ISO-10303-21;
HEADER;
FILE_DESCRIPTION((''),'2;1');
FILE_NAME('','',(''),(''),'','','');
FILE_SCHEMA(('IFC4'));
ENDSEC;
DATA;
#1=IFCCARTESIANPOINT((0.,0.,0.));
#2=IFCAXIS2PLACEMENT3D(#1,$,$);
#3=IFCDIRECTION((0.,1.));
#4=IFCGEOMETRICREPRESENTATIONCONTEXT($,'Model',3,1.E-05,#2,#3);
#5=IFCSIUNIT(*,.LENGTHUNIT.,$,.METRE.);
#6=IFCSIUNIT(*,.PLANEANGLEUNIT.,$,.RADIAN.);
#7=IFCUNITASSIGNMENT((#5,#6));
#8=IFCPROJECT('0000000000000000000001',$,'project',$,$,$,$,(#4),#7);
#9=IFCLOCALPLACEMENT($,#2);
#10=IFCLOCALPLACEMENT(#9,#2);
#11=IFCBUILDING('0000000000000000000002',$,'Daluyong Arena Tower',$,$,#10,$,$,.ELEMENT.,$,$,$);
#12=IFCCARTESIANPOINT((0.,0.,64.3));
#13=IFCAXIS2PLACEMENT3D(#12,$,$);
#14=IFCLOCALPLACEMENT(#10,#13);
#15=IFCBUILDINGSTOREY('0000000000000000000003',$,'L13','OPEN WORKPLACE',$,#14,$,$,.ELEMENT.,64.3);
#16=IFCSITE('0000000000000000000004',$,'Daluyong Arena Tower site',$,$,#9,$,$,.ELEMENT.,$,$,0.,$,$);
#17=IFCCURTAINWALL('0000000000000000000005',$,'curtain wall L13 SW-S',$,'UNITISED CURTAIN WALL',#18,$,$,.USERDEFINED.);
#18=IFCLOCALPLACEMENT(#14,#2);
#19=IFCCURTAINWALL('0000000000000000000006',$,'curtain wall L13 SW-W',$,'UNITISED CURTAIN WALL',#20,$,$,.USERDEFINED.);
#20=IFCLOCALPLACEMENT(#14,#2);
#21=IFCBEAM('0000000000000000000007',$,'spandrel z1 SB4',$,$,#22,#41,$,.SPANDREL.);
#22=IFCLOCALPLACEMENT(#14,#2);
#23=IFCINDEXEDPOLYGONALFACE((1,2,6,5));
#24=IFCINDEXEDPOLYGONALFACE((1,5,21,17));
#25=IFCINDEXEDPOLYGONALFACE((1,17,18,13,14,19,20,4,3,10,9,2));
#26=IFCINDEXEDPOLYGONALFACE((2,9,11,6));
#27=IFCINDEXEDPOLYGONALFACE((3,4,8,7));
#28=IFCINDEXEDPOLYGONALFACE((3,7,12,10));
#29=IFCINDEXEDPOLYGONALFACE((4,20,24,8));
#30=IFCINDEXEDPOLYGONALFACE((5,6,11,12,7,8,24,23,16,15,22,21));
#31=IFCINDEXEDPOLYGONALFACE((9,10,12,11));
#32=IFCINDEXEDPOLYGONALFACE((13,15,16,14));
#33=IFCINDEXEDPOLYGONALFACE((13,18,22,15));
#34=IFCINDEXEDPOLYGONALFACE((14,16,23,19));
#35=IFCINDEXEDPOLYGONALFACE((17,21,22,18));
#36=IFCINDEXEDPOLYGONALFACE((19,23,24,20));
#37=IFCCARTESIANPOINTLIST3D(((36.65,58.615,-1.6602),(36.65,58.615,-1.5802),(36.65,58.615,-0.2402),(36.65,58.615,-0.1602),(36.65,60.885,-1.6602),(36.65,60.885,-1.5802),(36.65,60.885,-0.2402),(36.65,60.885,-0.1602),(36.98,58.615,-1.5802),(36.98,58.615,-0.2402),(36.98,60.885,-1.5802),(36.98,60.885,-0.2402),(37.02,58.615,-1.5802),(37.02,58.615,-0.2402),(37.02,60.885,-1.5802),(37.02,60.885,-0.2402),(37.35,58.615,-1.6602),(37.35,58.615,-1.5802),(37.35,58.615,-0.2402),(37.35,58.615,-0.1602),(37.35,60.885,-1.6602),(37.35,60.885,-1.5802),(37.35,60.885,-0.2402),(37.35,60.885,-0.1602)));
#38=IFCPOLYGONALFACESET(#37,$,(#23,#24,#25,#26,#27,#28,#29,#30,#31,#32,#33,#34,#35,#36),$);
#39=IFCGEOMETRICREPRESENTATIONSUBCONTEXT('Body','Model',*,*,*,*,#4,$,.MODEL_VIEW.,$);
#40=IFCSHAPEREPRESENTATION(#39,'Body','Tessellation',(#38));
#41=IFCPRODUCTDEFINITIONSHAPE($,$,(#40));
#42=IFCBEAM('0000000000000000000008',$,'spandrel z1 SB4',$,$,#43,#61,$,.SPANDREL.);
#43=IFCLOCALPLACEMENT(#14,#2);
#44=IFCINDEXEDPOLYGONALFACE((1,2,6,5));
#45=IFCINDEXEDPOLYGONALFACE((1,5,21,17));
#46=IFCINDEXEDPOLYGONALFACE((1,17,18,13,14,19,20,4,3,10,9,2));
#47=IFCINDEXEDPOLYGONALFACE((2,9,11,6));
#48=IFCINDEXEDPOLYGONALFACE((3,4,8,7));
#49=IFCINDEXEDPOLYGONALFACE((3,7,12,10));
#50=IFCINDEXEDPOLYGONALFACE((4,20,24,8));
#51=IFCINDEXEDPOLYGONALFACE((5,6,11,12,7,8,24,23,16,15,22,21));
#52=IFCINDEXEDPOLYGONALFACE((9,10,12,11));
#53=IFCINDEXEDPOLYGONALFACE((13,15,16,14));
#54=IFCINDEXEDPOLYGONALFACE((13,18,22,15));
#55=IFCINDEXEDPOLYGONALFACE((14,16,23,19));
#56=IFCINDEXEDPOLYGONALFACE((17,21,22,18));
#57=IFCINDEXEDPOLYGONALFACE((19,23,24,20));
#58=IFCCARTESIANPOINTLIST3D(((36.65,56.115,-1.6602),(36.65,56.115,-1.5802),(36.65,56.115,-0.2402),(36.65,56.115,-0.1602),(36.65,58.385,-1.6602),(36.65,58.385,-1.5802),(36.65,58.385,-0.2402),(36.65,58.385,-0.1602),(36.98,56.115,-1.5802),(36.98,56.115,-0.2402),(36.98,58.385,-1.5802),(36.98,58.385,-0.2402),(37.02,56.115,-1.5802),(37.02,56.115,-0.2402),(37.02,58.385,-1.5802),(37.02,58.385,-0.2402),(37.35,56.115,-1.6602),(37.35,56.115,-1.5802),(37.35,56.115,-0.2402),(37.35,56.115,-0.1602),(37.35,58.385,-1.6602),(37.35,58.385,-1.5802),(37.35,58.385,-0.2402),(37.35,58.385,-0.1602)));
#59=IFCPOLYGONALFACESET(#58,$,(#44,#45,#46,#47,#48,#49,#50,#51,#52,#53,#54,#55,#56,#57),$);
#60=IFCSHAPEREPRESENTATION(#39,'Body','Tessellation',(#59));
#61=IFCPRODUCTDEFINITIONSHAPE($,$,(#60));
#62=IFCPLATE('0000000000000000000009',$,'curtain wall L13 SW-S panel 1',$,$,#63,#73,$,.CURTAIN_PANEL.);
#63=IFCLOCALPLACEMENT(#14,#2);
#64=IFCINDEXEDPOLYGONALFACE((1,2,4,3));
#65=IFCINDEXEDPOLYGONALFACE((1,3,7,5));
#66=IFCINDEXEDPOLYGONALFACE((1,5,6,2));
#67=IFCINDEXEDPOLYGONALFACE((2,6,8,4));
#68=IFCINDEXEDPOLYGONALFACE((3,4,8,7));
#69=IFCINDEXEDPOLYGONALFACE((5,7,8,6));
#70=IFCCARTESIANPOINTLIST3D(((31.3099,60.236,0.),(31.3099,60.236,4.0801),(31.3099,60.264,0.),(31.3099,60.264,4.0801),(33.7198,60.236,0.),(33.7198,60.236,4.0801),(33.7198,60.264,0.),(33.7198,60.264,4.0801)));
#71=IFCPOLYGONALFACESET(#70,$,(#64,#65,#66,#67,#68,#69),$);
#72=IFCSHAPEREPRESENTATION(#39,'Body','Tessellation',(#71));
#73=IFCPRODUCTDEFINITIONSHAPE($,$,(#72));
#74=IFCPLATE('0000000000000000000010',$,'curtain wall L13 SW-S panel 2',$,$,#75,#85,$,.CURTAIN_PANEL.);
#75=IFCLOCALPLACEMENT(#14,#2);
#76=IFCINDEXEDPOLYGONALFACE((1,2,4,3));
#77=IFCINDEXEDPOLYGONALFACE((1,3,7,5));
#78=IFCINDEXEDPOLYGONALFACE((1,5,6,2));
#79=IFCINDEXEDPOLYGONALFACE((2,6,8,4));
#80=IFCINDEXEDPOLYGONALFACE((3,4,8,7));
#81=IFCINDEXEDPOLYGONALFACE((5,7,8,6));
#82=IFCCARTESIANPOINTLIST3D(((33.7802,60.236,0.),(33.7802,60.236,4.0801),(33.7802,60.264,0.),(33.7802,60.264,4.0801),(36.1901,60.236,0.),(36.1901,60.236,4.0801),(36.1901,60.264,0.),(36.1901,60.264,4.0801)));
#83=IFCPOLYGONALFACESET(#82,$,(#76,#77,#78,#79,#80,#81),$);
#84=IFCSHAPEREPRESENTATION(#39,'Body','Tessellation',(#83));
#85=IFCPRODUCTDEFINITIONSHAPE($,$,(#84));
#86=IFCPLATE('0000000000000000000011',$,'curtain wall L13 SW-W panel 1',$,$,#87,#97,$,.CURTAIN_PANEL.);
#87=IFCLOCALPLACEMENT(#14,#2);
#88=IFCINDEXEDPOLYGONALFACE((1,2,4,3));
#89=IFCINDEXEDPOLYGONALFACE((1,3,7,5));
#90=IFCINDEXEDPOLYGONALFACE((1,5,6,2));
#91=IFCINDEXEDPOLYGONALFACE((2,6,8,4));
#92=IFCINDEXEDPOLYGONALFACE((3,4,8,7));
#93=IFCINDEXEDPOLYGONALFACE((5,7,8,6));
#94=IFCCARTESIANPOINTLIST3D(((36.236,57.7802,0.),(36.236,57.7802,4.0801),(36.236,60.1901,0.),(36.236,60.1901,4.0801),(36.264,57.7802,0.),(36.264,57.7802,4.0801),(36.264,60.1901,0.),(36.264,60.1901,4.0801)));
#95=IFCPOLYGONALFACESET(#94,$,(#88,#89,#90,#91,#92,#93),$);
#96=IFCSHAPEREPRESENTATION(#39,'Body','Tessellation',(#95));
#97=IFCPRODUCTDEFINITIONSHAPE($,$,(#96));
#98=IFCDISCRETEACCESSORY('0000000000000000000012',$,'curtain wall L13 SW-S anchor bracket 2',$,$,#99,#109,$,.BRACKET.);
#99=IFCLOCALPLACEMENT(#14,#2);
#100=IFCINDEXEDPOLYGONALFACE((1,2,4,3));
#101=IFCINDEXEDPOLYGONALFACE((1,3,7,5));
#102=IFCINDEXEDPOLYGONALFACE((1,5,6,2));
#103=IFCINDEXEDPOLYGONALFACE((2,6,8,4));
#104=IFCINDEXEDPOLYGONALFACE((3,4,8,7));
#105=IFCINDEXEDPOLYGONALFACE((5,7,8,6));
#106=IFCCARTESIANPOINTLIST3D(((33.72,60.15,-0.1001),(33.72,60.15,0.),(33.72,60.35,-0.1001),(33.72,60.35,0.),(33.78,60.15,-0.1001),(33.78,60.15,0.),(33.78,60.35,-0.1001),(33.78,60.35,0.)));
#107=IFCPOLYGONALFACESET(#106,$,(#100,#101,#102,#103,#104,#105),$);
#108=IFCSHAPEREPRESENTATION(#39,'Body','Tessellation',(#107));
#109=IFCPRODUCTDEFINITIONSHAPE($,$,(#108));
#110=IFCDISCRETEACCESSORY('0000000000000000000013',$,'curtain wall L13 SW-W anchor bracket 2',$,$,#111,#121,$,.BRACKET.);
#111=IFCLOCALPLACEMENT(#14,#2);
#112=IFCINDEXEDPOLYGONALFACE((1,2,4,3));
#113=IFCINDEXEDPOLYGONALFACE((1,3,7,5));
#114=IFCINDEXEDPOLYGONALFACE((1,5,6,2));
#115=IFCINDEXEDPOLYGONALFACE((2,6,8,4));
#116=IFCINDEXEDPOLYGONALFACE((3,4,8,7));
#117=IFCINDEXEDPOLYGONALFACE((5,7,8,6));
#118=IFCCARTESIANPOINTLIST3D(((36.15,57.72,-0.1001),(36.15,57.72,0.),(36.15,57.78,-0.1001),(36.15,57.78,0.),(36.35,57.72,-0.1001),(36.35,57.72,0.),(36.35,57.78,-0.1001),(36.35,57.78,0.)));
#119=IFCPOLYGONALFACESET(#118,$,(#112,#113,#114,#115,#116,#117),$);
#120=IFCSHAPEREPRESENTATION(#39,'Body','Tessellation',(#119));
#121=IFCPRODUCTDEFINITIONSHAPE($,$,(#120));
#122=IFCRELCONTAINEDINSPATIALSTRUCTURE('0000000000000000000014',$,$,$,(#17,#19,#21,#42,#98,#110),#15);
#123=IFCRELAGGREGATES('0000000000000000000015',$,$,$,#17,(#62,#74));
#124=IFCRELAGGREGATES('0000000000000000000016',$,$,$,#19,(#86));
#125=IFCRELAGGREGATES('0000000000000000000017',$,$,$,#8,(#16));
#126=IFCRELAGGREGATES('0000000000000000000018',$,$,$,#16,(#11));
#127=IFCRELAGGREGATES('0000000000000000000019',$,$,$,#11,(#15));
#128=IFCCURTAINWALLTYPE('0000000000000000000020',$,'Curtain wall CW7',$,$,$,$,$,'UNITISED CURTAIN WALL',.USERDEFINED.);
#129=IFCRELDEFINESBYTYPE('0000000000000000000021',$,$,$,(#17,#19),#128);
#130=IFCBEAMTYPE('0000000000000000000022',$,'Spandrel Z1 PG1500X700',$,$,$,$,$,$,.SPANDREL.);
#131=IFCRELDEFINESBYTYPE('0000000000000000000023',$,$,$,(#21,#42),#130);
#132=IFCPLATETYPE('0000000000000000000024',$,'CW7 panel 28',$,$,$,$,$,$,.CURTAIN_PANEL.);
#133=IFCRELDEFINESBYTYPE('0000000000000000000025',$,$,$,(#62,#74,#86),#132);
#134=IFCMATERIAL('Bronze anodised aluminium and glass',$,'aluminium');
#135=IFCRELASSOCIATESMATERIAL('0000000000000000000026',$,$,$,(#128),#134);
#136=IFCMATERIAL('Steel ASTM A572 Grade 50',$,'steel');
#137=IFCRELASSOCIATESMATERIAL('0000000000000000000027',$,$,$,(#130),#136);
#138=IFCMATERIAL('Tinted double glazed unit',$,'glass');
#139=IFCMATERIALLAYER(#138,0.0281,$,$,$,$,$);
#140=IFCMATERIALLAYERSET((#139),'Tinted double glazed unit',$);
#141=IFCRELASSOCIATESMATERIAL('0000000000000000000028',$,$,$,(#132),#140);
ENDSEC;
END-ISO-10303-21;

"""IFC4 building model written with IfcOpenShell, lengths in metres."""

from ifc_helpers import new_model, si_unit, direction, frame, origin, origin_2d, place, context, subcontext, project, spatial, rectangle, i_section, extrude, material, layer, layer_set, material_profile, profile_set, type_object, element, aggregate, save


model = new_model("IFC4")

# Units and contexts
model_context = context("Model", 3, precision=1e-05, world=origin(), true_north=direction((0.0, 1.0)))
body_context = subcontext(model_context, "Body", "Model", "MODEL_VIEW")
ifc_project = project(units=[si_unit("LENGTHUNIT", "METRE"), si_unit("PLANEANGLEUNIT", "RADIAN")], contexts=[model_context])

# Site, building, storey
site_placement = place(None, origin())
site = spatial("IfcSite", under=ifc_project, at=site_placement, Name="Daluyong Arena Tower site", CompositionType="ELEMENT", RefElevation=0.0)
building_placement = place(site_placement, origin())
building = spatial("IfcBuilding", under=site, at=building_placement, Name="Daluyong Arena Tower", CompositionType="ELEMENT")
storey_placement = place(building_placement, frame((0.0, 0.0, 64.3)))
storey = spatial("IfcBuildingStorey", under=building, at=storey_placement, Name="L13", Description="OPEN WORKPLACE", CompositionType="ELEMENT", Elevation=64.3)

# Curtain wall
ifc_material_1 = material(Name="Bronze anodised aluminium and glass", Category="aluminium")
curtain_wall_type_1 = type_object("IfcCurtainWallType", Name="Curtain wall CW7", ElementType="UNITISED CURTAIN WALL", PredefinedType="USERDEFINED", material=ifc_material_1)
curtain_wall_1_placement = place(storey_placement, origin())
curtain_wall_1 = element("IfcCurtainWall", 1, at=curtain_wall_1_placement, inside=storey, type_object=curtain_wall_type_1, Name="curtain wall L13 SW-S", ObjectType="UNITISED CURTAIN WALL", PredefinedType="USERDEFINED")

# Curtain wall
curtain_wall_2_placement = place(storey_placement, origin())
curtain_wall_2 = element("IfcCurtainWall", 2, at=curtain_wall_2_placement, inside=storey, type_object=curtain_wall_type_1, Name="curtain wall L13 SW-W", ObjectType="UNITISED CURTAIN WALL", PredefinedType="USERDEFINED")

# Beams
ifc_material_2 = material(Name="Steel ASTM A572 Grade 50", Category="steel")
ifc_material_profile_1 = material_profile(ifc_material_2, i_section(OverallWidth=0.7, OverallDepth=1.5, WebThickness=0.04, FlangeThickness=0.08, at=origin_2d()))
ifc_profile_set_1 = profile_set([ifc_material_profile_1], Name="Steel ASTM A572 Grade 50")
beam_type = type_object("IfcBeamType", Name="Spandrel Z1 PG1500X700", PredefinedType="SPANDREL", material=ifc_profile_set_1)
for number, where, z_axis, x_axis, name in (
    (3, (37.0, 60.885, -0.9102), (0.0, -1.0, 0.0), (1.0, 0.0, 0.0), "spandrel z1 SB4"),
    (4, (37.0, 58.385, -0.9102), (0.0, -1.0, 0.0), (1.0, 0.0, 0.0), "spandrel z1 SB4"),
):
    element("IfcBeam", number, at=place(storey_placement, frame(where, z_axis=z_axis, x_axis=x_axis)), inside=storey, type_object=beam_type, Name=name, PredefinedType="SPANDREL", context=body_context, shape_type="SweptSolid", body=[
        extrude(i_section(OverallWidth=0.7, OverallDepth=1.5, WebThickness=0.04, FlangeThickness=0.08, at=origin_2d()), origin(), (0.0, 0.0, 1.0), 2.27),
    ])

# Plates
ifc_material_3 = material(Name="Tinted double glazed unit", Category="glass")
ifc_layer = layer(ifc_material_3, 0.0281)
ifc_layer_set = layer_set([ifc_layer], Name="Tinted double glazed unit")
plate_type = type_object("IfcPlateType", Name="CW7 panel 28", PredefinedType="CURTAIN_PANEL", material=ifc_layer_set)
plate_1_placement = place(storey_placement, frame((32.5149, 60.25, 0.0), z_axis=(0.0, 0.0, 1.0), x_axis=(1.0, 0.0, 0.0)))
plate_1 = element("IfcPlate", 5, at=plate_1_placement, type_object=plate_type, Name="curtain wall L13 SW-S panel 1", PredefinedType="CURTAIN_PANEL", context=body_context, shape_type="SweptSolid", body=[
    extrude(rectangle(XDim=2.4099, YDim=0.0281, at=origin_2d()), origin(), (0.0, 0.0, 1.0), 4.0801),
])
plate_2_placement = place(storey_placement, frame((34.9851, 60.25, 0.0), z_axis=(0.0, 0.0, 1.0), x_axis=(1.0, 0.0, 0.0)))
plate_2 = element("IfcPlate", 6, at=plate_2_placement, type_object=plate_type, Name="curtain wall L13 SW-S panel 2", PredefinedType="CURTAIN_PANEL", context=body_context, shape_type="SweptSolid", body=[
    extrude(rectangle(XDim=2.4099, YDim=0.0281, at=origin_2d()), origin(), (0.0, 0.0, 1.0), 4.0801),
])
aggregate(curtain_wall_1, [plate_1, plate_2])
plate_3_placement = place(storey_placement, frame((36.25, 58.9851, 0.0), z_axis=(0.0, 0.0, 1.0), x_axis=(0.0, -1.0, 0.0)))
plate_3 = element("IfcPlate", 7, at=plate_3_placement, type_object=plate_type, Name="curtain wall L13 SW-W panel 1", PredefinedType="CURTAIN_PANEL", context=body_context, shape_type="SweptSolid", body=[
    extrude(rectangle(XDim=2.4099, YDim=0.0281, at=origin_2d()), origin(), (0.0, 0.0, 1.0), 4.0801),
])
aggregate(curtain_wall_2, [plate_3])

# Discrete accessories
for number, where, z_axis, x_axis, name in (
    (8, (33.75, 60.25, -0.1001), (0.0, 0.0, 1.0), (1.0, 0.0, 0.0), "curtain wall L13 SW-S anchor bracket 2"),
    (9, (36.25, 57.75, -0.1001), (0.0, 0.0, 1.0), (0.0, -1.0, 0.0), "curtain wall L13 SW-W anchor bracket 2"),
):
    element("IfcDiscreteAccessory", number, at=place(storey_placement, frame(where, z_axis=z_axis, x_axis=x_axis)), inside=storey, Name=name, PredefinedType="BRACKET", context=body_context, shape_type="SweptSolid", body=[
        extrude(rectangle(XDim=0.0601, YDim=0.2, at=origin_2d()), origin(), (0.0, 0.0, 1.0), 0.1001),
    ])

save(model, "model.ifc")
